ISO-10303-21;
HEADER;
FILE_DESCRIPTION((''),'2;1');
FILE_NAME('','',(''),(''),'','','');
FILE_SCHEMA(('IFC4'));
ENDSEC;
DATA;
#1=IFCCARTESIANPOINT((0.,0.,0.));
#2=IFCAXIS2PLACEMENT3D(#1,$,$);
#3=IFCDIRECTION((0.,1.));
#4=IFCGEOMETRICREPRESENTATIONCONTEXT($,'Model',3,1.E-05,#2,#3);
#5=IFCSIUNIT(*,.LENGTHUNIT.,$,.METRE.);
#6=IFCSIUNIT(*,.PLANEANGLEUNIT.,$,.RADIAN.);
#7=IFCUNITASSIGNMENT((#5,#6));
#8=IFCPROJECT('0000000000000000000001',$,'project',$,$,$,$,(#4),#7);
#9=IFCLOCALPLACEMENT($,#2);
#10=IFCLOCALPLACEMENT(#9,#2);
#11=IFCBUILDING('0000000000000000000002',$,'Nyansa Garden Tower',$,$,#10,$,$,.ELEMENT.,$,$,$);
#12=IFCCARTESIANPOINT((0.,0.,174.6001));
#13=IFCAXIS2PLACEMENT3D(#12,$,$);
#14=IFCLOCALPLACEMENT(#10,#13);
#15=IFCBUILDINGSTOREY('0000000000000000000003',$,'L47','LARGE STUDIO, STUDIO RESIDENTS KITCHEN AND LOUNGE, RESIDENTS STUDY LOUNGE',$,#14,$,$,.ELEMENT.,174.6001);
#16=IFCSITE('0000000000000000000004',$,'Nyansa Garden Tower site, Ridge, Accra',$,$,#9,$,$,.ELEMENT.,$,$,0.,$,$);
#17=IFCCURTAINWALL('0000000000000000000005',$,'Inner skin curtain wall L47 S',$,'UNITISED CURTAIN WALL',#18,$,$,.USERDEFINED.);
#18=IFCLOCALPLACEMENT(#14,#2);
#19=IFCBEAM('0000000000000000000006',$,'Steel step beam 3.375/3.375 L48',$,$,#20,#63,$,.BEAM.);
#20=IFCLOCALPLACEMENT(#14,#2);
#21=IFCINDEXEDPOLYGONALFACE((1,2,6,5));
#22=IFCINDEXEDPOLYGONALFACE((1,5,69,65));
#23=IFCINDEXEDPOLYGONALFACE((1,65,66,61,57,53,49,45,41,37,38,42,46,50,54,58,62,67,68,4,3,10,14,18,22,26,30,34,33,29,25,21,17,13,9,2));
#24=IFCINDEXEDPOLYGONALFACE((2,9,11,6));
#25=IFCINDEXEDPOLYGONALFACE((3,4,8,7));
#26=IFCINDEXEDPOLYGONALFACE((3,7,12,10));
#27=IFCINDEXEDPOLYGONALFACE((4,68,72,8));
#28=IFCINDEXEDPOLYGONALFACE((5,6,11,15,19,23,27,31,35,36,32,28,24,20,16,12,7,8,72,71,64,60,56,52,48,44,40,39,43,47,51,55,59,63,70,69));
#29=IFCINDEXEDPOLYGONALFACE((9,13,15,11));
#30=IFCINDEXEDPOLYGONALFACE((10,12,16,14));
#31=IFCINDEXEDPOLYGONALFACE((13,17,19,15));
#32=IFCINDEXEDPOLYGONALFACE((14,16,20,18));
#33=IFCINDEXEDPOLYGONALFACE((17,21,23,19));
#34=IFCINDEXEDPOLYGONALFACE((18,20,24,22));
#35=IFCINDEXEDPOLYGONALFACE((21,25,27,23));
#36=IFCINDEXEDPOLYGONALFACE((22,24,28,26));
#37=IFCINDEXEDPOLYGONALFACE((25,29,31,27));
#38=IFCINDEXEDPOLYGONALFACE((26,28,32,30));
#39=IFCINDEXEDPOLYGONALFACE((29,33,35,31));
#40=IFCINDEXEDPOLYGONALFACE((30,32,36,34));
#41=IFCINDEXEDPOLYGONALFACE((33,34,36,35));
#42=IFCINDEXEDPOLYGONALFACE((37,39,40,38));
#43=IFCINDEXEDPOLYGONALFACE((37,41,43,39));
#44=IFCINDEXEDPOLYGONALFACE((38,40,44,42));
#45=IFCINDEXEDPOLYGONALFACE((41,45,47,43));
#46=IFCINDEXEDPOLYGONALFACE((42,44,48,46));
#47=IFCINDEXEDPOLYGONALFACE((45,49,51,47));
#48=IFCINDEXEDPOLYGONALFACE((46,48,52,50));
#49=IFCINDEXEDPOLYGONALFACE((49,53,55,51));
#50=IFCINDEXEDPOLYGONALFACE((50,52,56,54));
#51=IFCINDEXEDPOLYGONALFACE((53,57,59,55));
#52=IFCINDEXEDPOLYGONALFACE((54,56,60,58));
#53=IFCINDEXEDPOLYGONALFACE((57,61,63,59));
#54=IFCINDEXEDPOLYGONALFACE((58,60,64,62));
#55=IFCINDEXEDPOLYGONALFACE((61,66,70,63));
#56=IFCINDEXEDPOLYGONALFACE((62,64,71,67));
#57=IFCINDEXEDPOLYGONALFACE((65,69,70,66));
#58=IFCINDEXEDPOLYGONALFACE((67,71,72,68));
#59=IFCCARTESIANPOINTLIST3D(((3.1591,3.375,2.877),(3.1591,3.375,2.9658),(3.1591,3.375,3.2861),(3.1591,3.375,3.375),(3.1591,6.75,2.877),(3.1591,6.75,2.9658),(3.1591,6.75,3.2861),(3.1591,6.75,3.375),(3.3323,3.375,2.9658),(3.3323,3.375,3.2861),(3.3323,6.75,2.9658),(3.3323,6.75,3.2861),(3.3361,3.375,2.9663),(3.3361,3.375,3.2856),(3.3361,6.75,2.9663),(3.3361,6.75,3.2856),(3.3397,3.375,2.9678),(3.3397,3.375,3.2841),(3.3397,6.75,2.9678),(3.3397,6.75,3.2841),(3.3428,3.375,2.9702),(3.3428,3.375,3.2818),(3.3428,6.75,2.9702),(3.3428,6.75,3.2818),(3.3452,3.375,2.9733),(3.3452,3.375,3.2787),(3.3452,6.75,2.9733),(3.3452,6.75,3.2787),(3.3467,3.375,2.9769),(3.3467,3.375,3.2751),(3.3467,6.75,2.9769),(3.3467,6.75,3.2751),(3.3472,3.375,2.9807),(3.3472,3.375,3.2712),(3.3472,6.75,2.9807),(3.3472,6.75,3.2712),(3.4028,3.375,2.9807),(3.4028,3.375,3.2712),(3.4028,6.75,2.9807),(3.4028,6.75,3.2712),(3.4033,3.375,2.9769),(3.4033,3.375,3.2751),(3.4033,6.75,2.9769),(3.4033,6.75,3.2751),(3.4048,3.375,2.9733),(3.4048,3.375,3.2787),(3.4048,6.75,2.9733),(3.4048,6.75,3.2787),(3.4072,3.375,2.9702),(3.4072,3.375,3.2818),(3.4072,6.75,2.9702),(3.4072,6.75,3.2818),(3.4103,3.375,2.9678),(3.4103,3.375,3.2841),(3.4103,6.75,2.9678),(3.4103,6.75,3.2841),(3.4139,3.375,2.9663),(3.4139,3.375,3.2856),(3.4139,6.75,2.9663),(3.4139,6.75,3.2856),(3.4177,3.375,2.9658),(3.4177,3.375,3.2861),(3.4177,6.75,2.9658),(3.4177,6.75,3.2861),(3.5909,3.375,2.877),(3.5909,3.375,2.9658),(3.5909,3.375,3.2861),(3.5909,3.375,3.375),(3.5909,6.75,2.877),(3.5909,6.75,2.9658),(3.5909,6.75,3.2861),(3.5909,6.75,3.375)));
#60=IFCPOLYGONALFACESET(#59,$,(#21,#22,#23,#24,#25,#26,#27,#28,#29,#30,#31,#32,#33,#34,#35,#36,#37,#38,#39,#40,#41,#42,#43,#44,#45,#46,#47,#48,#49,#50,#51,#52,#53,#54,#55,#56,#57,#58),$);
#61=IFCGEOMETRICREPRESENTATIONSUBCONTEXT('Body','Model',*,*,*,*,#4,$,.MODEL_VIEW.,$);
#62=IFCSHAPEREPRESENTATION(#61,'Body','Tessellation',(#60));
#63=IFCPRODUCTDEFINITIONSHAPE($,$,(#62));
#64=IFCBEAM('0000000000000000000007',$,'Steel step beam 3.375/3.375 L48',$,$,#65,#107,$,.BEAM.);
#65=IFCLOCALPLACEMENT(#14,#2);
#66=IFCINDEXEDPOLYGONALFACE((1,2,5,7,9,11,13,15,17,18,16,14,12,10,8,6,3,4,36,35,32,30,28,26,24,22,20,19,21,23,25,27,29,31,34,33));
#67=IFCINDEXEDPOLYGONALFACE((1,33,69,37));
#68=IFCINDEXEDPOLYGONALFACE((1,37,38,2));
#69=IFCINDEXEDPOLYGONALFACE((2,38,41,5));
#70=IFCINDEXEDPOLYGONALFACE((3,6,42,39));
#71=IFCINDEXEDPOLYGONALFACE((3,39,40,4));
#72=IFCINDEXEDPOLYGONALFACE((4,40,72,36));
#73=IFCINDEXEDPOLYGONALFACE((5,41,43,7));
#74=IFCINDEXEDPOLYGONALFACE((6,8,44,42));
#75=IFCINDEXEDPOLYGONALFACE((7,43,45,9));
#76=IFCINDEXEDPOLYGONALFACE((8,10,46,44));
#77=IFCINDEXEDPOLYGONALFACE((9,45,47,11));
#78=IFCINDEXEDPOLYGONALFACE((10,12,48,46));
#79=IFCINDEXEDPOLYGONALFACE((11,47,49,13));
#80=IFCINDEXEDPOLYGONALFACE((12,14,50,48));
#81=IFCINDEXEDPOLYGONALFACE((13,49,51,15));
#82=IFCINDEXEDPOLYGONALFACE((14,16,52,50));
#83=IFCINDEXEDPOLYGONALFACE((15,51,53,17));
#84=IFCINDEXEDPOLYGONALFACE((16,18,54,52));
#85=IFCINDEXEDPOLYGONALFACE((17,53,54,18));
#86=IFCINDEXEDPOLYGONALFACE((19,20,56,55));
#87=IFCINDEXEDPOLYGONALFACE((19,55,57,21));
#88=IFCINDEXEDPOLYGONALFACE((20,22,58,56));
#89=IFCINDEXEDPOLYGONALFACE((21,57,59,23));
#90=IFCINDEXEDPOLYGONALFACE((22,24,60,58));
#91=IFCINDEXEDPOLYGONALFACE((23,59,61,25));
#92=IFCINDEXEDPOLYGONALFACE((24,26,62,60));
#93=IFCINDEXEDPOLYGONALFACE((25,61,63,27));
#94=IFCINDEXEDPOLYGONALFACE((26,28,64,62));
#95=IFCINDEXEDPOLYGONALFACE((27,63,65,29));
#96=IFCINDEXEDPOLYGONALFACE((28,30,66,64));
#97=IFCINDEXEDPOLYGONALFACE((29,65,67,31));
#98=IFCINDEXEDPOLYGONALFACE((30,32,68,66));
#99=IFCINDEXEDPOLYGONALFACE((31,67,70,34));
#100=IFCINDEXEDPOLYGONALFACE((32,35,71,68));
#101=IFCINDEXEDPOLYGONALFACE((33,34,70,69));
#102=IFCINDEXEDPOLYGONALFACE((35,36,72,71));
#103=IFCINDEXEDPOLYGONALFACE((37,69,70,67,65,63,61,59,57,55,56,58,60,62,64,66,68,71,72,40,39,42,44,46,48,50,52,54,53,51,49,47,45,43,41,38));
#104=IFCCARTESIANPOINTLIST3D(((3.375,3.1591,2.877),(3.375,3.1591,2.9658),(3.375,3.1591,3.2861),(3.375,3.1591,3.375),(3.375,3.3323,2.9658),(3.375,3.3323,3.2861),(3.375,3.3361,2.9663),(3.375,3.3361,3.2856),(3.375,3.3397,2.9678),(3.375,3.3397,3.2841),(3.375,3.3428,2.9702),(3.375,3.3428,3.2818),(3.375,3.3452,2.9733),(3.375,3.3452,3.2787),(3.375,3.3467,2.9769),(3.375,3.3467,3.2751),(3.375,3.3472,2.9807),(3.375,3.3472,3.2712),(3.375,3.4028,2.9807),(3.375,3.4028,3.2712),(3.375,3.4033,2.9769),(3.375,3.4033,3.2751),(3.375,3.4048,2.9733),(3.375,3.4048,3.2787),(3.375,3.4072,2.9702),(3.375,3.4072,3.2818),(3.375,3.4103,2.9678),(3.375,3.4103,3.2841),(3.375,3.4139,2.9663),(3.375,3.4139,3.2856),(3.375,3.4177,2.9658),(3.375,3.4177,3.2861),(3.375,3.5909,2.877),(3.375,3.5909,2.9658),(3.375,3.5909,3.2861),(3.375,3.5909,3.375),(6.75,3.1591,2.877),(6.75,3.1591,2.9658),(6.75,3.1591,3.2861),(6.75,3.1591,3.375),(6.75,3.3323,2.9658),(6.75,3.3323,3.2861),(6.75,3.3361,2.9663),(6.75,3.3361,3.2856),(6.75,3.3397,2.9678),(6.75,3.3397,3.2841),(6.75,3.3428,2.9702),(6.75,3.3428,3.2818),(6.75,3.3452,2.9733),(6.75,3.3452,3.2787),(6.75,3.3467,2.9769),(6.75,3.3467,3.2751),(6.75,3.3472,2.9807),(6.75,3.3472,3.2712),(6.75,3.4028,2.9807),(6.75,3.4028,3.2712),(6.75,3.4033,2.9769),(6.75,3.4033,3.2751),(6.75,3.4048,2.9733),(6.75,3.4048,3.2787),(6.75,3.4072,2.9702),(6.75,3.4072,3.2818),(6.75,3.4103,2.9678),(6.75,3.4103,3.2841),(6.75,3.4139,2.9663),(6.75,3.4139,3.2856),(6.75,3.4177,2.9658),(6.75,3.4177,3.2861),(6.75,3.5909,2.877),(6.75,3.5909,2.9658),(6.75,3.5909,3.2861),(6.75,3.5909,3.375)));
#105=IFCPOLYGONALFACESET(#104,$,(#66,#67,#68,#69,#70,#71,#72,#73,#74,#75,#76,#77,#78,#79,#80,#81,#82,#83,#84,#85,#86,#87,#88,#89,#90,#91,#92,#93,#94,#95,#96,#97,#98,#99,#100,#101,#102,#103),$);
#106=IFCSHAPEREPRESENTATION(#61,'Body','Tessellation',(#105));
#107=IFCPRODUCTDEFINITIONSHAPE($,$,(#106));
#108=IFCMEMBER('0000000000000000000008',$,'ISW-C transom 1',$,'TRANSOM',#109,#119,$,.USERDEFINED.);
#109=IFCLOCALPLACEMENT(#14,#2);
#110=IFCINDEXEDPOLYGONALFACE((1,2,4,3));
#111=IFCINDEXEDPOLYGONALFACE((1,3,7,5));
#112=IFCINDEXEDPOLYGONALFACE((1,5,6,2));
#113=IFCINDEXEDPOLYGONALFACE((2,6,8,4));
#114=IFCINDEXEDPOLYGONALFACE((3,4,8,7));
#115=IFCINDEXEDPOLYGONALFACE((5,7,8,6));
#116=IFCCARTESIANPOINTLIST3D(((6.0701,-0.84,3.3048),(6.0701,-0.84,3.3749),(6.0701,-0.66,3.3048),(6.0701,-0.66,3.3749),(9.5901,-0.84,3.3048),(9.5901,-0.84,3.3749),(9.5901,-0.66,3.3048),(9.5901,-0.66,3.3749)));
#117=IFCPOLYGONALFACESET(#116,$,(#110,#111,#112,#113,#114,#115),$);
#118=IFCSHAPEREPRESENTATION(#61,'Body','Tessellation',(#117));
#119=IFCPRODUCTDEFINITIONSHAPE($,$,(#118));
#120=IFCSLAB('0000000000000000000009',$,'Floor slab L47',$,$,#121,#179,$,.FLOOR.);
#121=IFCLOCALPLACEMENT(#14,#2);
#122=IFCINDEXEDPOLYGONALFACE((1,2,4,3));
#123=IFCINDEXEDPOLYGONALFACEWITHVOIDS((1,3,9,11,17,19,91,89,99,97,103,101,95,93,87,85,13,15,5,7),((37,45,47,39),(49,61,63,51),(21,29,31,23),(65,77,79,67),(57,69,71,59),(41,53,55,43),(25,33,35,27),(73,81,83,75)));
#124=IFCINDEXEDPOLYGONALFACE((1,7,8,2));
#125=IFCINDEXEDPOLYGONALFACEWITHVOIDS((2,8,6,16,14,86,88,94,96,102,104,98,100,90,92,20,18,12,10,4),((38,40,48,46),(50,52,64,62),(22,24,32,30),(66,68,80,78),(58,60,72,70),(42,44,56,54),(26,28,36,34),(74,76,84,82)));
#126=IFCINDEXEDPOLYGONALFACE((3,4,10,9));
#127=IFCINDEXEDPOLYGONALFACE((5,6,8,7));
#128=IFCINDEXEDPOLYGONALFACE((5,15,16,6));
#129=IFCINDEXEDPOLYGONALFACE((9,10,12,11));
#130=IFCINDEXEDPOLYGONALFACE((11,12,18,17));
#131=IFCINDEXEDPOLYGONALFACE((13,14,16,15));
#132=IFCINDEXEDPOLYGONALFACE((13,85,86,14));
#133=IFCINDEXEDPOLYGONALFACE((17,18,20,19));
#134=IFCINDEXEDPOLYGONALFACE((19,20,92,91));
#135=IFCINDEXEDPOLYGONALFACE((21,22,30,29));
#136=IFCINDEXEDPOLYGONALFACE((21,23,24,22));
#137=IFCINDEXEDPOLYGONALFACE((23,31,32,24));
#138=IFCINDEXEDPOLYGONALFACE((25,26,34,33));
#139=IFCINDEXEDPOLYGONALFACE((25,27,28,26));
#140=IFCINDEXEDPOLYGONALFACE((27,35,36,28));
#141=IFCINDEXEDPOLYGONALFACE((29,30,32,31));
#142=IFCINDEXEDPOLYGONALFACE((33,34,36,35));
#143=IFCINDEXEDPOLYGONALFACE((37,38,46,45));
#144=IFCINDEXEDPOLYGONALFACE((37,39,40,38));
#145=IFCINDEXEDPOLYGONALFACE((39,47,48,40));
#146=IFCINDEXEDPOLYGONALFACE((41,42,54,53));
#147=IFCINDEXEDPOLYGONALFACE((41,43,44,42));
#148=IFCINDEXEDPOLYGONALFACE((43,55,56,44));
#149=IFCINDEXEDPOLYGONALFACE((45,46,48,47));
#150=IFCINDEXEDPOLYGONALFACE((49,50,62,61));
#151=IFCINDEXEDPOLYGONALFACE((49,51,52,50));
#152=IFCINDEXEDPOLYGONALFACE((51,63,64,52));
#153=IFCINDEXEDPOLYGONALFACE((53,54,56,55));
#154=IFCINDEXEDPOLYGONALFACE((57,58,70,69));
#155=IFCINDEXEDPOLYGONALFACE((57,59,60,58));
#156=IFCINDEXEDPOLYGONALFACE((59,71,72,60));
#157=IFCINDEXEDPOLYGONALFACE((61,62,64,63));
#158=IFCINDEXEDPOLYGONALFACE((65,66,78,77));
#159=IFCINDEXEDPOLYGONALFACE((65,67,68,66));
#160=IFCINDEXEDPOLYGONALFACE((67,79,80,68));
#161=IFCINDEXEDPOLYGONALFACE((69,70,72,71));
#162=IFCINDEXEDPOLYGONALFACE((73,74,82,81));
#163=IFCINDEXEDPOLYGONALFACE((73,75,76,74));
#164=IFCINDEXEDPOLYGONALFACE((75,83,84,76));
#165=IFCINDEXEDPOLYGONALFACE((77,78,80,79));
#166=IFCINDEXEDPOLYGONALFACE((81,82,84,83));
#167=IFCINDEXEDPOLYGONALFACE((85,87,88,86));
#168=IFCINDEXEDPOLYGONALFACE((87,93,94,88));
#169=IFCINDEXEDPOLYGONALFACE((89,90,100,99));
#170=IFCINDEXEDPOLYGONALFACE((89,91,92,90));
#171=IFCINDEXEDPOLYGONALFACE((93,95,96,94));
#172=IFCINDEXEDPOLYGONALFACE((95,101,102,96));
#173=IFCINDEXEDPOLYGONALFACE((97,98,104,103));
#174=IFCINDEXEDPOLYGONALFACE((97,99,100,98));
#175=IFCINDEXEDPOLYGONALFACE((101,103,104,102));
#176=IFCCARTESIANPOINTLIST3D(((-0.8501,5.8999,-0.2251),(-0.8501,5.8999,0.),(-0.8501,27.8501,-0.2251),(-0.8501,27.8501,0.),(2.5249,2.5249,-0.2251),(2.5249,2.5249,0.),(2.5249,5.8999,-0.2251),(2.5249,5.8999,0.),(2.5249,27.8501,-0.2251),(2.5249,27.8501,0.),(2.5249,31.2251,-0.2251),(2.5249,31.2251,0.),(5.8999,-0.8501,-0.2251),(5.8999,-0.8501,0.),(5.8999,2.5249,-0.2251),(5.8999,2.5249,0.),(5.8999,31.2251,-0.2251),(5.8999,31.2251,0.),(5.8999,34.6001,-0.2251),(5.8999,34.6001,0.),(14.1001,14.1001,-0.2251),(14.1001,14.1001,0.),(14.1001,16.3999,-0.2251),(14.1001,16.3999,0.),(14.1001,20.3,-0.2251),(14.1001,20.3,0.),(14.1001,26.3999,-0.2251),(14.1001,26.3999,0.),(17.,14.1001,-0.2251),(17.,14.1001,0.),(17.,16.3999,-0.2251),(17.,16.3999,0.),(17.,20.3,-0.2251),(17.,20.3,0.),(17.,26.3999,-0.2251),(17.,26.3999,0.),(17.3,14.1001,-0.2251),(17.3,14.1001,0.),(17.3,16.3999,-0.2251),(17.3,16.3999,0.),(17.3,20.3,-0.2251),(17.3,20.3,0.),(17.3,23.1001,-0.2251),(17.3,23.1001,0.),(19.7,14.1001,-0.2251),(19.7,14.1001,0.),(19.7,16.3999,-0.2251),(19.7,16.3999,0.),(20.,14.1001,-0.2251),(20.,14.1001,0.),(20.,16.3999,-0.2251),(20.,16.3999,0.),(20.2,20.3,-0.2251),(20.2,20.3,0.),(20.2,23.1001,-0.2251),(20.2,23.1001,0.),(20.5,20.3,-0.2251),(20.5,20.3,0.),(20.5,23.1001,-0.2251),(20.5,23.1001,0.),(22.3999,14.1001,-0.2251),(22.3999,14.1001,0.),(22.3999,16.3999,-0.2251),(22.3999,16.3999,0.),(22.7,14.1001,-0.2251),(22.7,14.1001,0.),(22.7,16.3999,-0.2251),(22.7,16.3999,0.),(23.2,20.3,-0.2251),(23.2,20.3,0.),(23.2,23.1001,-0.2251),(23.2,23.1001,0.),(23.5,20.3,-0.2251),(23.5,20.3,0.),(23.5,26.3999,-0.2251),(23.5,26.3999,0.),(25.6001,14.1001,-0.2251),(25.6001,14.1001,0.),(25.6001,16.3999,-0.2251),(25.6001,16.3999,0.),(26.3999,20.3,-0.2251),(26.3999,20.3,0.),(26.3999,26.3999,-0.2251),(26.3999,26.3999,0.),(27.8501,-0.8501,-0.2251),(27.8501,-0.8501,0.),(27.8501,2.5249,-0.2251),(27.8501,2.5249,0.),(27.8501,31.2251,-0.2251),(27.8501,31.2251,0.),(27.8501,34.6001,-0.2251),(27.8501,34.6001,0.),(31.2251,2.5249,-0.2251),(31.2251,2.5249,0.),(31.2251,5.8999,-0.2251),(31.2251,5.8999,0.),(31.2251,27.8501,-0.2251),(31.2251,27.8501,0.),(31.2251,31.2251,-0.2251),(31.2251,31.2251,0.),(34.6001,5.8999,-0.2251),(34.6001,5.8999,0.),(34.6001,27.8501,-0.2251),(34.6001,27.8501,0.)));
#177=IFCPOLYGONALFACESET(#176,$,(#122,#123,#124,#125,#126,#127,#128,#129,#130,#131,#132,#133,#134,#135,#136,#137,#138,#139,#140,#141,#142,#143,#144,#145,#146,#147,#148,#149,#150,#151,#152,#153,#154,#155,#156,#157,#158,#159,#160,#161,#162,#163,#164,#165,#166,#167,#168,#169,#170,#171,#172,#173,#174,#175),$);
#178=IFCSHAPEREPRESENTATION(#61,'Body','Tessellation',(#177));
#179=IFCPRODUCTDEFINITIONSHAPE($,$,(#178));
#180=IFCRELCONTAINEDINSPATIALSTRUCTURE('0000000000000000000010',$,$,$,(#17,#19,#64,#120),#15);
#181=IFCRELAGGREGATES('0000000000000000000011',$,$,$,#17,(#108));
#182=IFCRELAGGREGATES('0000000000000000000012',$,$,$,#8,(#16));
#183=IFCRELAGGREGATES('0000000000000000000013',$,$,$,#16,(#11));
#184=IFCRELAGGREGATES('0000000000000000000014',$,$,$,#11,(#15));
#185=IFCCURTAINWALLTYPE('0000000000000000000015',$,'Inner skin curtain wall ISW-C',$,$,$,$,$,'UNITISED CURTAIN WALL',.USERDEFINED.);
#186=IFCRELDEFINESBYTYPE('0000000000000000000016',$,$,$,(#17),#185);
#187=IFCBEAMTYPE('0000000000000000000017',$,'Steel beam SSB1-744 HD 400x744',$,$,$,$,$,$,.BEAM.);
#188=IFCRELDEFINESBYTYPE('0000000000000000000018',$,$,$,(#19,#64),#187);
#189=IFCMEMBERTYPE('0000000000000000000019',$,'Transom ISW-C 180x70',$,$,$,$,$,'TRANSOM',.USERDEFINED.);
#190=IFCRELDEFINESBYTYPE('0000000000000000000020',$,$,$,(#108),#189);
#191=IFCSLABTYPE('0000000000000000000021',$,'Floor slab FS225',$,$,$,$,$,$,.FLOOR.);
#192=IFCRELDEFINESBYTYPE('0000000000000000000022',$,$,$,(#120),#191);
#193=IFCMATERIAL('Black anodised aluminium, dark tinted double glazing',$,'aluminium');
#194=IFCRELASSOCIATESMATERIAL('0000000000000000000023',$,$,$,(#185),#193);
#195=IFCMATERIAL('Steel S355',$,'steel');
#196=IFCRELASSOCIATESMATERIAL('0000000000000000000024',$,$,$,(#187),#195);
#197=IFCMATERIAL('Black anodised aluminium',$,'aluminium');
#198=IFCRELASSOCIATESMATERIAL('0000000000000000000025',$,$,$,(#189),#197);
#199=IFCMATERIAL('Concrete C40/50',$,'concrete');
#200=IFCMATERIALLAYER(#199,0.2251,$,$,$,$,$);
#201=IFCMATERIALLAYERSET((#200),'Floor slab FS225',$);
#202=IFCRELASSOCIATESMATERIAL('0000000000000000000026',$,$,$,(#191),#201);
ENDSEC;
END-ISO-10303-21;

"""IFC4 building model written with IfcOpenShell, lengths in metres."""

from ifc_helpers import new_model, si_unit, direction, frame, origin, origin_2d, place, context, subcontext, project, spatial, polyline, rectangle, i_section, outline, extrude, material, layer, layer_set, material_profile, profile_set, type_object, element, aggregate, save


model = new_model("IFC4")

# Units and contexts
model_context = context("Model", 3, precision=1e-05, world=origin(), true_north=direction((0.0, 1.0)))
body_context = subcontext(model_context, "Body", "Model", "MODEL_VIEW")
ifc_project = project(units=[si_unit("LENGTHUNIT", "METRE"), si_unit("PLANEANGLEUNIT", "RADIAN")], contexts=[model_context])

# Site, building, storey
site_placement = place(None, origin())
site = spatial("IfcSite", under=ifc_project, at=site_placement, Name="Nyansa Garden Tower site, Ridge, Accra", CompositionType="ELEMENT", RefElevation=0.0)
building_placement = place(site_placement, origin())
building = spatial("IfcBuilding", under=site, at=building_placement, Name="Nyansa Garden Tower", CompositionType="ELEMENT")
storey_placement = place(building_placement, frame((0.0, 0.0, 174.6001)))
storey = spatial("IfcBuildingStorey", under=building, at=storey_placement, Name="L47", Description="LARGE STUDIO, STUDIO RESIDENTS KITCHEN AND LOUNGE, RESIDENTS STUDY LOUNGE", CompositionType="ELEMENT", Elevation=174.6001)

# Curtain wall
ifc_material_1 = material(Name="Black anodised aluminium, dark tinted double glazing", Category="aluminium")
curtain_wall_type = type_object("IfcCurtainWallType", Name="Inner skin curtain wall ISW-C", ElementType="UNITISED CURTAIN WALL", PredefinedType="USERDEFINED", material=ifc_material_1)
curtain_wall_1_placement = place(storey_placement, origin())
curtain_wall_1 = element("IfcCurtainWall", 1, at=curtain_wall_1_placement, inside=storey, type_object=curtain_wall_type, Name="Inner skin curtain wall L47 S", ObjectType="UNITISED CURTAIN WALL", PredefinedType="USERDEFINED")

# Beams
ifc_material_2 = material(Name="Steel S355", Category="steel")
ifc_material_profile_1 = material_profile(ifc_material_2, i_section(OverallWidth=0.4319, OverallDepth=0.498, WebThickness=0.0557, FlangeThickness=0.0889, FilletRadius=0.0149, at=origin_2d()), Name="HD 400x744")
ifc_profile_set_1 = profile_set([ifc_material_profile_1], Name="Steel S355")
beam_type_1 = type_object("IfcBeamType", Name="Steel beam SSB1-744 HD 400x744", PredefinedType="BEAM", material=ifc_profile_set_1)
for number, where, z_axis, x_axis, name in (
    (2, (3.375, 3.375, 3.126), (0.0, 1.0, 0.0), (-1.0, 0.0, 0.0), "Steel step beam 3.375/3.375 L48"),
    (3, (3.375, 3.375, 3.126), (1.0, 0.0, 0.0), (0.0, 1.0, 0.0), "Steel step beam 3.375/3.375 L48"),
):
    element("IfcBeam", number, at=place(storey_placement, frame(where, z_axis=z_axis, x_axis=x_axis)), inside=storey, type_object=beam_type_1, Name=name, PredefinedType="BEAM", context=body_context, shape_type="SweptSolid", body=[
        extrude(i_section(OverallWidth=0.4319, OverallDepth=0.498, WebThickness=0.0557, FlangeThickness=0.0889, FilletRadius=0.0149, at=origin_2d()), origin(), (0.0, 0.0, 1.0), 3.375),
    ])

# Member
ifc_material_3 = material(Name="Black anodised aluminium", Category="aluminium")
ifc_material_profile_2 = material_profile(ifc_material_3, rectangle(XDim=0.1799, YDim=0.0701, at=origin_2d()), Name="Transom 180x70")
ifc_profile_set_2 = profile_set([ifc_material_profile_2], Name="Black anodised aluminium")
member_type_1 = type_object("IfcMemberType", Name="Transom ISW-C 180x70", ElementType="TRANSOM", PredefinedType="USERDEFINED", material=ifc_profile_set_2)
member_1_placement = place(storey_placement, frame((6.0701, -0.75, 3.3398), z_axis=(1.0, 0.0, 0.0), x_axis=(0.0, 1.0, 0.0)))
member_1 = element("IfcMember", 4, at=member_1_placement, type_object=member_type_1, Name="ISW-C transom 1", ObjectType="TRANSOM", PredefinedType="USERDEFINED", context=body_context, shape_type="SweptSolid", body=[
    extrude(rectangle(XDim=0.1799, YDim=0.0701, at=origin_2d()), origin(), (0.0, 0.0, 1.0), 3.52),
])
aggregate(curtain_wall_1, [member_1])

# Slab
ifc_material_4 = material(Name="Concrete C40/50", Category="concrete")
ifc_layer_1 = layer(ifc_material_4, 0.2251)
ifc_layer_set_1 = layer_set([ifc_layer_1], Name="Floor slab FS225")
slab_type_1 = type_object("IfcSlabType", Name="Floor slab FS225", PredefinedType="FLOOR", material=ifc_layer_set_1)
slab_1_placement = place(storey_placement, frame((0.0, 0.0, -0.2251)))
element("IfcSlab", 5, at=slab_1_placement, inside=storey, type_object=slab_type_1, Name="Floor slab L47", PredefinedType="FLOOR", context=body_context, shape_type="SweptSolid", body=[
    extrude(outline(polyline([(34.6001, 5.8999), (31.2251, 5.8999), (31.2251, 2.5249), (27.8501, 2.5249), (27.8501, -0.8501), (5.8999, -0.8501), (5.8999, 2.5249), (2.5249, 2.5249), (2.5249, 5.8999), (-0.8501, 5.8999), (-0.8501, 27.8501), (2.5249, 27.8501), (2.5249, 31.2251), (5.8999, 31.2251), (5.8999, 34.6001), (27.8501, 34.6001), (27.8501, 31.2251), (31.2251, 31.2251), (31.2251, 27.8501), (34.6001, 27.8501), (34.6001, 5.8999)]), holes=[polyline([(14.1001, 14.1001), (17.0, 14.1001), (17.0, 16.3999), (14.1001, 16.3999), (14.1001, 14.1001)]), polyline([(17.3, 14.1001), (19.7, 14.1001), (19.7, 16.3999), (17.3, 16.3999), (17.3, 14.1001)]), polyline([(20.0, 14.1001), (22.3999, 14.1001), (22.3999, 16.3999), (20.0, 16.3999), (20.0, 14.1001)]), polyline([(22.7, 14.1001), (25.6001, 14.1001), (25.6001, 16.3999), (22.7, 16.3999), (22.7, 14.1001)]), polyline([(17.3, 20.3), (20.2, 20.3), (20.2, 23.1001), (17.3, 23.1001), (17.3, 20.3)]), polyline([(20.5, 20.3), (23.2, 20.3), (23.2, 23.1001), (20.5, 23.1001), (20.5, 20.3)]), polyline([(14.1001, 20.3), (17.0, 20.3), (17.0, 26.3999), (14.1001, 26.3999), (14.1001, 20.3)]), polyline([(23.5, 20.3), (26.3999, 20.3), (26.3999, 26.3999), (23.5, 26.3999), (23.5, 20.3)])]), origin(), (0.0, 0.0, 1.0), 0.2251),
])

save(model, "model.ifc")
